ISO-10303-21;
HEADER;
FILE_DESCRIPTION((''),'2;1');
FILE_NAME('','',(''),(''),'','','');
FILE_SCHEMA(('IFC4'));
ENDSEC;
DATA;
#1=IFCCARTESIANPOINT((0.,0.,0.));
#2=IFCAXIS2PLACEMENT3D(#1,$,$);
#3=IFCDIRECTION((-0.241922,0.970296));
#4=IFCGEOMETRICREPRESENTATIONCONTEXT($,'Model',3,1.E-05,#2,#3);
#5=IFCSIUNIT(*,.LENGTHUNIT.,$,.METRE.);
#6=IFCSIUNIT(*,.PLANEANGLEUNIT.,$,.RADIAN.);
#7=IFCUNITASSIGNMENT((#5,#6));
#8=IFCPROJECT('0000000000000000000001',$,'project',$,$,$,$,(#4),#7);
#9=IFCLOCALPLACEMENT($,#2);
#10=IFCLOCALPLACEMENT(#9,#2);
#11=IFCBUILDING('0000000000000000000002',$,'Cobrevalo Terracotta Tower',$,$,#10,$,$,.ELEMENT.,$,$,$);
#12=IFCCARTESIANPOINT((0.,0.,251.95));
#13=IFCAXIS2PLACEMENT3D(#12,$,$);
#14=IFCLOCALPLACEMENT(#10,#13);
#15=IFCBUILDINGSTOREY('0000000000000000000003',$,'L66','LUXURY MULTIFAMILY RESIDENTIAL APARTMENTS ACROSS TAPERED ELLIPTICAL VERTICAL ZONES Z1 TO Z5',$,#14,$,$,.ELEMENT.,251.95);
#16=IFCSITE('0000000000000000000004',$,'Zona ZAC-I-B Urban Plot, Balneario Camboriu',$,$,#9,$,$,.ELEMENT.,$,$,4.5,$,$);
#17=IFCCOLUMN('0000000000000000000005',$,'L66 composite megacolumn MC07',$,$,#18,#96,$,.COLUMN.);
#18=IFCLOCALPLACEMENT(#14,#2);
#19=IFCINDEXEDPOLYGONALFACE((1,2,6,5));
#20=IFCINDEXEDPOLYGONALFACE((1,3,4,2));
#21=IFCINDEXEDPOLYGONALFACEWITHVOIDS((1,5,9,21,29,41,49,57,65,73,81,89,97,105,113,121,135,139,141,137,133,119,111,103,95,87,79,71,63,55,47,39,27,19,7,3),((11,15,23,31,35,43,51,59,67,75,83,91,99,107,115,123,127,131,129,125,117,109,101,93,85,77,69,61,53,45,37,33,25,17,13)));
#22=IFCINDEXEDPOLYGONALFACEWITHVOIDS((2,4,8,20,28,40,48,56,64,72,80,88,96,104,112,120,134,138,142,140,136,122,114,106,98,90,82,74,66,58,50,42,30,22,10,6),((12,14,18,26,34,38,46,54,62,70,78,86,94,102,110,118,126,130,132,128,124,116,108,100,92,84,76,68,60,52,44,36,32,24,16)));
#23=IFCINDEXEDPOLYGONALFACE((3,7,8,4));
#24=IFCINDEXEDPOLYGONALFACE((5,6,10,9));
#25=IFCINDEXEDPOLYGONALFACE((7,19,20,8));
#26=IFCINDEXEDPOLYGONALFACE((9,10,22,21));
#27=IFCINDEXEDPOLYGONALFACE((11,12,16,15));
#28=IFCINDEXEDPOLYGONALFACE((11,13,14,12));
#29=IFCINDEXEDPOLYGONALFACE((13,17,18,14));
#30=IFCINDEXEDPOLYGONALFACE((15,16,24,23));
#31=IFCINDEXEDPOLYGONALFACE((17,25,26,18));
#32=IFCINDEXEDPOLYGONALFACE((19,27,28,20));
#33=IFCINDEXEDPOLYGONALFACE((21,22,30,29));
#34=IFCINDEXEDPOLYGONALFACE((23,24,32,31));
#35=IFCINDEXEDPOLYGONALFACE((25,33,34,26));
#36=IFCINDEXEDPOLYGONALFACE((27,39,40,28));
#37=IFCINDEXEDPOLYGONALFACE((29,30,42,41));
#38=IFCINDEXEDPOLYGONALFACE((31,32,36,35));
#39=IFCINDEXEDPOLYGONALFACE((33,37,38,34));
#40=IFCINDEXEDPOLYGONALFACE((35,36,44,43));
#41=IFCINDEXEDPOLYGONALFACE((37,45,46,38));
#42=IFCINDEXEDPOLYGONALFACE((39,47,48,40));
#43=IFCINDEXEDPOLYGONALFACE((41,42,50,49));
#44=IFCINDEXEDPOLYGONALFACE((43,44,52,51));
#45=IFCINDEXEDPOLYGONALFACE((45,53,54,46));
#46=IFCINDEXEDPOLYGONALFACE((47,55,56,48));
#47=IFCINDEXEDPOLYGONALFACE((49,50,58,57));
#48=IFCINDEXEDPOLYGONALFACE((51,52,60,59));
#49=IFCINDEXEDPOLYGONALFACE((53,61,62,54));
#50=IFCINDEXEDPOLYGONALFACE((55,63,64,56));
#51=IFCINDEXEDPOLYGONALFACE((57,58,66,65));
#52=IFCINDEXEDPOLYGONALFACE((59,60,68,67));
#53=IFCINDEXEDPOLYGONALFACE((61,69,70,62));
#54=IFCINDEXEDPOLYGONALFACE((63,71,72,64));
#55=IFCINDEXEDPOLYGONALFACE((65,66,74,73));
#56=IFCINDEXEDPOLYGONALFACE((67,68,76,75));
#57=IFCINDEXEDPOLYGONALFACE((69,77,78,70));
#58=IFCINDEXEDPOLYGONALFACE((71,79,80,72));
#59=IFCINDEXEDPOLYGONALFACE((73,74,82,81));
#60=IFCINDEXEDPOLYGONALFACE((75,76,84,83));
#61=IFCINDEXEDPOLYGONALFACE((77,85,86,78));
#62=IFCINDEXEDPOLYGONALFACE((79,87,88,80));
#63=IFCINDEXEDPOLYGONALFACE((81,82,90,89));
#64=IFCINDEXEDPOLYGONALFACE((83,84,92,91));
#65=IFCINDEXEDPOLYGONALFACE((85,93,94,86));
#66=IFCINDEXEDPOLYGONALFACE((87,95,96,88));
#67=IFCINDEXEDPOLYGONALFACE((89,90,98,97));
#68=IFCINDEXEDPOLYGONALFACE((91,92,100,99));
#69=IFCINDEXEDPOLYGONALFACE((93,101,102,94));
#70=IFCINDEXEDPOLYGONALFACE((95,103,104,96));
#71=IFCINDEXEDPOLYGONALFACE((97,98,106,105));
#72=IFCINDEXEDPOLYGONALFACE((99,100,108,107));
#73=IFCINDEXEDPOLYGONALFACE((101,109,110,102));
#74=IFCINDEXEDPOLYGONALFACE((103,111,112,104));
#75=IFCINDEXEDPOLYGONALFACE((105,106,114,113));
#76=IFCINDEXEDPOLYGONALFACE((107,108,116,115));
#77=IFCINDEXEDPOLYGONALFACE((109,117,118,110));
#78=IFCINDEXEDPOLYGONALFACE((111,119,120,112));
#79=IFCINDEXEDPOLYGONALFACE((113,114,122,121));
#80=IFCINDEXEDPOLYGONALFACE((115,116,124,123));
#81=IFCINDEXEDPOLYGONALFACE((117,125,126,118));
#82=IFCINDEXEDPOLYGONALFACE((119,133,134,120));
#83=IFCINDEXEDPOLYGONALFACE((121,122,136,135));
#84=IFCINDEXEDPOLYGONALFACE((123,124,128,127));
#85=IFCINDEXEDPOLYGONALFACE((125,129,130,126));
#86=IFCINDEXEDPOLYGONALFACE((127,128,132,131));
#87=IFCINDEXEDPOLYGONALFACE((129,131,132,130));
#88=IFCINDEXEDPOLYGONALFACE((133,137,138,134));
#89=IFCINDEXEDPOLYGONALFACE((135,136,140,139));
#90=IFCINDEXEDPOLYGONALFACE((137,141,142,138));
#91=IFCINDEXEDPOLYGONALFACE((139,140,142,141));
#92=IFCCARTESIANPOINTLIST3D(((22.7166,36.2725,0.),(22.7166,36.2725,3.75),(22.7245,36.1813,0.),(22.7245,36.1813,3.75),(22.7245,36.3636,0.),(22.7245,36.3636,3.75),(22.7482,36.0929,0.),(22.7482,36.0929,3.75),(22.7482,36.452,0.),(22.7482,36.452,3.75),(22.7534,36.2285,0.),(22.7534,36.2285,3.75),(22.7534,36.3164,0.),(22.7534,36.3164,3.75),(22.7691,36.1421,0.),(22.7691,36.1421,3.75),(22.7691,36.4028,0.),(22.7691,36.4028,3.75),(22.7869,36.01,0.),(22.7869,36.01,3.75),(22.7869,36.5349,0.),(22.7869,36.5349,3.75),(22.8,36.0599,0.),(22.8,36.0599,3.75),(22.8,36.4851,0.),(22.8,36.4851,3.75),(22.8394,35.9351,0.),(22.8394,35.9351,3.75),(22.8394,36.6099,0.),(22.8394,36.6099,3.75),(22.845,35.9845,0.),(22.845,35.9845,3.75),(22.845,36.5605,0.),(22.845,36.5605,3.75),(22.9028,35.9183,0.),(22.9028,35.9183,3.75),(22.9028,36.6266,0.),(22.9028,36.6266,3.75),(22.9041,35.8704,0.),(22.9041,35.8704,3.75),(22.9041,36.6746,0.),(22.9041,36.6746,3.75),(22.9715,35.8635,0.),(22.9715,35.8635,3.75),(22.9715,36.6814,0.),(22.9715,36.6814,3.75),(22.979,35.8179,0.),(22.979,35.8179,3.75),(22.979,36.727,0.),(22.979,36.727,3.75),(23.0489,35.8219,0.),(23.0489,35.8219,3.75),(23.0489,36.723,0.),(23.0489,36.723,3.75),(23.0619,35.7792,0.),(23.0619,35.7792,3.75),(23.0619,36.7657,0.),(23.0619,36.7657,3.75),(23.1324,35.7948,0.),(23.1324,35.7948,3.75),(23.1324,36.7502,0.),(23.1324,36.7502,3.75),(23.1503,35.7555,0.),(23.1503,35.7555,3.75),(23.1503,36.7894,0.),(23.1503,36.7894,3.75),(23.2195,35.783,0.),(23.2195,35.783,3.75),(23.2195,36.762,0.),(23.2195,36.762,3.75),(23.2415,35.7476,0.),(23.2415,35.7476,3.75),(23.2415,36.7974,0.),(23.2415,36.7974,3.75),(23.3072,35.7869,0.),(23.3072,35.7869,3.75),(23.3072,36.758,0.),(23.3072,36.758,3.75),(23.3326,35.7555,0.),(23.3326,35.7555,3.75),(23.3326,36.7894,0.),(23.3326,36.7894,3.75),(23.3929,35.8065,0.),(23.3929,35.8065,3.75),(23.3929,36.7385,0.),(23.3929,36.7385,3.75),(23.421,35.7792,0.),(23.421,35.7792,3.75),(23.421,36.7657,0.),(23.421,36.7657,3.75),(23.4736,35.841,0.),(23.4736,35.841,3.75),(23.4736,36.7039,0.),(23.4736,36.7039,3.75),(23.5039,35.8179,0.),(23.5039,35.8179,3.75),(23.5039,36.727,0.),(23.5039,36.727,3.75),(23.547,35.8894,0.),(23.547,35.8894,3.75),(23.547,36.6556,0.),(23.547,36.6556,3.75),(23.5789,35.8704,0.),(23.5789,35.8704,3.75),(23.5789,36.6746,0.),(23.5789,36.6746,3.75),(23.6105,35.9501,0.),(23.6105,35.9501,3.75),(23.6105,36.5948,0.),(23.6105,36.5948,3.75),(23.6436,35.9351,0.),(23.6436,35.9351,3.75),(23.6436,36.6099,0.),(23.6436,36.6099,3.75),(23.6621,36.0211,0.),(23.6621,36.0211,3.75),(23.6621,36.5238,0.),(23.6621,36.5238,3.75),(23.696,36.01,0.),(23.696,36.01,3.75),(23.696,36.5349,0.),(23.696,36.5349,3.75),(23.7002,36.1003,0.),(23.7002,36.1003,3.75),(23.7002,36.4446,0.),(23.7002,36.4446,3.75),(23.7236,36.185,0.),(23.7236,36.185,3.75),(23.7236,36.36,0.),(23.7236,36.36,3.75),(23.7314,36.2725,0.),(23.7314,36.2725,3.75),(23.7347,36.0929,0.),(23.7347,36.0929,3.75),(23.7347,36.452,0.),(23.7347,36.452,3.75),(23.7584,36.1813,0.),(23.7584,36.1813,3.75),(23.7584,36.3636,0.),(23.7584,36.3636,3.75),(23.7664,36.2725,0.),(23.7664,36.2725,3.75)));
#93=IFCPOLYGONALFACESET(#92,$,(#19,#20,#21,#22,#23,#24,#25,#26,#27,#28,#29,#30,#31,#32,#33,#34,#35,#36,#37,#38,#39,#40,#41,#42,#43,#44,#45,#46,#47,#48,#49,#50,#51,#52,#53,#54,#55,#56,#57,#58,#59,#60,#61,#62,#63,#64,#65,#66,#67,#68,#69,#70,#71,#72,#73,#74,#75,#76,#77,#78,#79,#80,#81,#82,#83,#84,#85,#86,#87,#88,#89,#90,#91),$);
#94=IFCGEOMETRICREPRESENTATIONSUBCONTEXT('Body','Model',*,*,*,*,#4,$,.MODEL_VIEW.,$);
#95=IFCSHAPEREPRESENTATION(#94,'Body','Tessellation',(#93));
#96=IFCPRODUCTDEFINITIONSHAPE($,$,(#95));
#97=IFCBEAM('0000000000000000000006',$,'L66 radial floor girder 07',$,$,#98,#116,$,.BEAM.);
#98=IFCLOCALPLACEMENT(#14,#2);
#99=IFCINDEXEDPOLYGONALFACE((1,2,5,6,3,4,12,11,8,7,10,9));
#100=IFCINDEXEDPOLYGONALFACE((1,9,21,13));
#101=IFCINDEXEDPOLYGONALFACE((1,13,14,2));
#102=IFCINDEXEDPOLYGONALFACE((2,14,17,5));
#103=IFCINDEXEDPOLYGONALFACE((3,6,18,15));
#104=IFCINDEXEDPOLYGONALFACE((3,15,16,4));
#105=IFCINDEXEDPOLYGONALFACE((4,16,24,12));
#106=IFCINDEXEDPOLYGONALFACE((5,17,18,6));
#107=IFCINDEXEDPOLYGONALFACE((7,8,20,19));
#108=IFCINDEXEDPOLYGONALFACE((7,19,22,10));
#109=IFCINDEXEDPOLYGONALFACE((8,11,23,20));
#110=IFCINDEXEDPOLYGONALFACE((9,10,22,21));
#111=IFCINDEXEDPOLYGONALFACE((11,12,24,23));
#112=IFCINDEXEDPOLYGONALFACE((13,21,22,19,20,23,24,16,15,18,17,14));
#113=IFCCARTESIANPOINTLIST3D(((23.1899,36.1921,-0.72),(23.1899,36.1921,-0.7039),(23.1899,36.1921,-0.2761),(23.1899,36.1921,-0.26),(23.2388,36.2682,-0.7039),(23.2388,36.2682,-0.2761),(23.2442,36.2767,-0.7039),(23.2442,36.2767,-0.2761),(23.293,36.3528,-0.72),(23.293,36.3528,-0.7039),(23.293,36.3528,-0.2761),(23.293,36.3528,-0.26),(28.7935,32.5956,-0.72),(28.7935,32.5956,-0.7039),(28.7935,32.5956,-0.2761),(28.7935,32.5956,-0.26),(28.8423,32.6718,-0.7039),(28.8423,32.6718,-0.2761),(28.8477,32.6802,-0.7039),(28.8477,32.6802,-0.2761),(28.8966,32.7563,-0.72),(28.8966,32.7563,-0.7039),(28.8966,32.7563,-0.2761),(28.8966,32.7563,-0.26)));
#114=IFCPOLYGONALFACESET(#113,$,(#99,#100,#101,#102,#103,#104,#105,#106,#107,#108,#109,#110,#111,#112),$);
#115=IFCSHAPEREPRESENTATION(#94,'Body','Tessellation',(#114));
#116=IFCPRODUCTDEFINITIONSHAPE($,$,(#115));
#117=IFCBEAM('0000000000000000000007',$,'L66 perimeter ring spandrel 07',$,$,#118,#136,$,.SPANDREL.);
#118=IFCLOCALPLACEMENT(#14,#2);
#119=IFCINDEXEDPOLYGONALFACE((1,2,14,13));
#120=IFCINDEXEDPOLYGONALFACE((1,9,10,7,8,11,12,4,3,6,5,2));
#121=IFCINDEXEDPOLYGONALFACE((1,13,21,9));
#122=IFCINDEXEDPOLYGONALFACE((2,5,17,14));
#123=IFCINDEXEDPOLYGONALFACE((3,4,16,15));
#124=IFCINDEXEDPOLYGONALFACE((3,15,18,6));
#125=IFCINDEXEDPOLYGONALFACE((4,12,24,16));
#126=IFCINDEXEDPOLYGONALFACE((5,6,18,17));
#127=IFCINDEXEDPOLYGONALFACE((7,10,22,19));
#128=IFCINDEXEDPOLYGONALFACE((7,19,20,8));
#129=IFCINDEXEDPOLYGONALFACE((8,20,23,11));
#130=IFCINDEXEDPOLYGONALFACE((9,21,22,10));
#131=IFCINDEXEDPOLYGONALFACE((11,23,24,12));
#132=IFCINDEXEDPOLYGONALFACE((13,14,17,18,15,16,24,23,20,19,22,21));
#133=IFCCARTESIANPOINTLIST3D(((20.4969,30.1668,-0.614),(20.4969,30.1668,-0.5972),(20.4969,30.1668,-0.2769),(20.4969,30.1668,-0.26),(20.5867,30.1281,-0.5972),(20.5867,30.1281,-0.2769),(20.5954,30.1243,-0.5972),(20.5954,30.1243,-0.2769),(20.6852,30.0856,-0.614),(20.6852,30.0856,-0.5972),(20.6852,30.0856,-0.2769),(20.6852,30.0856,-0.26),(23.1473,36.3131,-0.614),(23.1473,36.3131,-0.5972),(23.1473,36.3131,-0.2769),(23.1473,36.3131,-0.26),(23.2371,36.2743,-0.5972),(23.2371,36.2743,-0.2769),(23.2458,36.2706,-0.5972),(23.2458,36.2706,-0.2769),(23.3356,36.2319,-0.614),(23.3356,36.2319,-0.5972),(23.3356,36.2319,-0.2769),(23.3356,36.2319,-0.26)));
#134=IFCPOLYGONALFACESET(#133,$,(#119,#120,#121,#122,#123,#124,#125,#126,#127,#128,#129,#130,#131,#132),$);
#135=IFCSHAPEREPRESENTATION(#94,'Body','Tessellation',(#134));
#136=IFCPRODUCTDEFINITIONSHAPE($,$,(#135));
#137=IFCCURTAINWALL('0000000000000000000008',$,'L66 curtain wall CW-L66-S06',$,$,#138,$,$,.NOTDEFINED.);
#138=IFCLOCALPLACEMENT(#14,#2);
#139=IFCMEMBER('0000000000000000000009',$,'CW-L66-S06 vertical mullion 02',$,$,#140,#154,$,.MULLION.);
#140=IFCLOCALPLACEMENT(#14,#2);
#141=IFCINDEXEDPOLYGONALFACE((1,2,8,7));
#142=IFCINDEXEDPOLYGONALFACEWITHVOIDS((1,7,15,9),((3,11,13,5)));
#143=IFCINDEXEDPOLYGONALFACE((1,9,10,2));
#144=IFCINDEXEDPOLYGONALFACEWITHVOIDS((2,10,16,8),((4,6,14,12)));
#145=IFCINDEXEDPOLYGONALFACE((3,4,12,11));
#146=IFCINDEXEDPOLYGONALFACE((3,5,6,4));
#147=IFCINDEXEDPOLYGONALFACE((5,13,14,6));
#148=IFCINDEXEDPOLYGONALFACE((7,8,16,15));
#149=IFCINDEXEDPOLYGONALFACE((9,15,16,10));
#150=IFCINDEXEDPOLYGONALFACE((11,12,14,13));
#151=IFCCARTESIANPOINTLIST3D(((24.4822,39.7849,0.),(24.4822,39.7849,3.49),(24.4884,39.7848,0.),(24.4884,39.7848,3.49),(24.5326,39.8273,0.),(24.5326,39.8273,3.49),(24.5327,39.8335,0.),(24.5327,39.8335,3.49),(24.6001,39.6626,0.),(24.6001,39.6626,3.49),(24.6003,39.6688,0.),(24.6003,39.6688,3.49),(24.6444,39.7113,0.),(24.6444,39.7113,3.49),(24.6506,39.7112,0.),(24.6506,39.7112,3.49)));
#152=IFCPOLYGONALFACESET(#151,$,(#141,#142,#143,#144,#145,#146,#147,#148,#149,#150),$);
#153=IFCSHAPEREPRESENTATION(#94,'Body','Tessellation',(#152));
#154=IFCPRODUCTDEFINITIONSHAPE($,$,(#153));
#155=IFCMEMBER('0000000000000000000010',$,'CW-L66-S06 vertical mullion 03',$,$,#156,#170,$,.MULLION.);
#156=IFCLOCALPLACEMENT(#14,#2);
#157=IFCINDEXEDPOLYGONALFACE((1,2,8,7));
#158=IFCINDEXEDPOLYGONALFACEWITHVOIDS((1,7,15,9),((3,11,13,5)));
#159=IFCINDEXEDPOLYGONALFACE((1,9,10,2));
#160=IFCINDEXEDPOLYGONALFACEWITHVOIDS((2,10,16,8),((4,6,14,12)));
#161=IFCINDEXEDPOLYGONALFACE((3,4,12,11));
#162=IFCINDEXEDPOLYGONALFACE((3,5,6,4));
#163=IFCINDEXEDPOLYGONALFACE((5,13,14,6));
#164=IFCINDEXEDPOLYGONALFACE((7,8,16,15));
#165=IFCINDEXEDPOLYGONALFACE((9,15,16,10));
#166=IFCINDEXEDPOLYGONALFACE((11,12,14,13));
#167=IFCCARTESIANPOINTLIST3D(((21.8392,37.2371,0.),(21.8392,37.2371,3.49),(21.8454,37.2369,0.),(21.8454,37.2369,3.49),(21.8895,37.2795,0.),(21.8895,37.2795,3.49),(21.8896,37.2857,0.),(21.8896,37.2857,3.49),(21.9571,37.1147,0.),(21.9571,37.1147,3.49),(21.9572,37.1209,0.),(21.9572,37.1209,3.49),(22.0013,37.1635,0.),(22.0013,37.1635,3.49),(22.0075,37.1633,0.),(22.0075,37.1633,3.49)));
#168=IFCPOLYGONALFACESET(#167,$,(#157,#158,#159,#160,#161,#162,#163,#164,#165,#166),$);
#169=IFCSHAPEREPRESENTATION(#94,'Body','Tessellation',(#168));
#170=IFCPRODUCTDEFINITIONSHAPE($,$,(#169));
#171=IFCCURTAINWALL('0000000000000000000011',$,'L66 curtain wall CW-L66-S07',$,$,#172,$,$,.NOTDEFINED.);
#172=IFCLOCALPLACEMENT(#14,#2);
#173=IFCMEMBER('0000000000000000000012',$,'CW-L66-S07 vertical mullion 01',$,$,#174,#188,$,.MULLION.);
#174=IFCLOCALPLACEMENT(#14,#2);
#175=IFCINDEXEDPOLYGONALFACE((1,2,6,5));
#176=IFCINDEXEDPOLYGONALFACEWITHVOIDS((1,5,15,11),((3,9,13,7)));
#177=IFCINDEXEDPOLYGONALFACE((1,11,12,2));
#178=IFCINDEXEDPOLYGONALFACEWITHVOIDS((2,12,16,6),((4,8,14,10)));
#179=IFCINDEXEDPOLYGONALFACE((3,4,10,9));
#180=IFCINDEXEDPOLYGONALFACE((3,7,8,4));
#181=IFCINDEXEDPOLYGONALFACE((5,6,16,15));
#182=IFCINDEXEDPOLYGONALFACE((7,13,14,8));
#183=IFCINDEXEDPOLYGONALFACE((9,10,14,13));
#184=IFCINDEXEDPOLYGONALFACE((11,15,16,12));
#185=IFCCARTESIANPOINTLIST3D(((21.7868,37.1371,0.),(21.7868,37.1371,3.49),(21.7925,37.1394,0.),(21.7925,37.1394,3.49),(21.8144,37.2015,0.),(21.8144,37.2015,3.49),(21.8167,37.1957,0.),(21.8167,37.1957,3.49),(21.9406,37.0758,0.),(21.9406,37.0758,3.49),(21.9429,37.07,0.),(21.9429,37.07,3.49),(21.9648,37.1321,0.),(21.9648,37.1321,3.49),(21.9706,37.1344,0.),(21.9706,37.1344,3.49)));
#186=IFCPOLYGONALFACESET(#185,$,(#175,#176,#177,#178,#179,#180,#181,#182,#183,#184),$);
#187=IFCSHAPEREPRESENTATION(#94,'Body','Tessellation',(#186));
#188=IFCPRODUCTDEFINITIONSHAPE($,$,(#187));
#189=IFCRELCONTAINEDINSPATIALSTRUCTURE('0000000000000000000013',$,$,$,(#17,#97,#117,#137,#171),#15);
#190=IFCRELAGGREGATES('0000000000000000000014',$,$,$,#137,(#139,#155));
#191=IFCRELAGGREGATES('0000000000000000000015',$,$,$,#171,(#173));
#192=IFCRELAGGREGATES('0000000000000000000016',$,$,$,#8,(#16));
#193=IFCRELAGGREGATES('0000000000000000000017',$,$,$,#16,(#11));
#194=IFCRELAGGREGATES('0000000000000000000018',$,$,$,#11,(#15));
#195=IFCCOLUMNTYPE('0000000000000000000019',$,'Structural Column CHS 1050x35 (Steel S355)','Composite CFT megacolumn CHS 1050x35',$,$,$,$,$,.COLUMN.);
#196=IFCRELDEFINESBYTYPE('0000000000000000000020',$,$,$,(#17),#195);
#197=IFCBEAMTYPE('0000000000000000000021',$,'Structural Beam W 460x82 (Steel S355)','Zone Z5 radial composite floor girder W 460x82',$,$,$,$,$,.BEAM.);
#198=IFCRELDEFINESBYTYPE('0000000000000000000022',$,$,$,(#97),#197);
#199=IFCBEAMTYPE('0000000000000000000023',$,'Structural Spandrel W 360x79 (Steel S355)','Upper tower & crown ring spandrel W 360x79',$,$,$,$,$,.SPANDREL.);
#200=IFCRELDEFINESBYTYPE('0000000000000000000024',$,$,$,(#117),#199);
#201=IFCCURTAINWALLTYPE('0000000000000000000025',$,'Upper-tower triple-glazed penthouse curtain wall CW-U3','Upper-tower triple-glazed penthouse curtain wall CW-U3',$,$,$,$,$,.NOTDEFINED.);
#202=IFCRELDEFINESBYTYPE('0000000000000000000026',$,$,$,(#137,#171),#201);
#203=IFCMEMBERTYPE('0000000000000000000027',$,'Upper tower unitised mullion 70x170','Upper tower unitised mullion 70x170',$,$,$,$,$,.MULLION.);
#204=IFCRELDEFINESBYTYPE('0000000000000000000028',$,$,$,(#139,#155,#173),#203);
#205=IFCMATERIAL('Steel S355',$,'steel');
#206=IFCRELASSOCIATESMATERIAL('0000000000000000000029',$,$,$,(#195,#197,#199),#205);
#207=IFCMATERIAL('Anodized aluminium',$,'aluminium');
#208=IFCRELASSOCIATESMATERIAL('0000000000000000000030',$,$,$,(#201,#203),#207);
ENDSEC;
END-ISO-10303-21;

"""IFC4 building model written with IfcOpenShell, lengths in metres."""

from ifc_helpers import new_model, si_unit, direction, frame, origin, origin_2d, place, context, subcontext, project, spatial, hollow_rectangle, hollow_circle, i_section, extrude, source, transform, mapped, material, material_profile, profile_set, type_object, element, aggregate, save


model = new_model("IFC4")

# Units and contexts
model_context = context("Model", 3, precision=1e-05, world=origin(), true_north=direction((-0.241922, 0.970296)))
body_context = subcontext(model_context, "Body", "Model", "MODEL_VIEW")
ifc_project = project(units=[si_unit("LENGTHUNIT", "METRE"), si_unit("PLANEANGLEUNIT", "RADIAN")], contexts=[model_context])

# Site, building, storey
site_placement = place(None, origin())
site = spatial("IfcSite", under=ifc_project, at=site_placement, Name="Zona ZAC-I-B Urban Plot, Balneario Camboriu", CompositionType="ELEMENT", RefElevation=4.5)
building_placement = place(site_placement, origin())
building = spatial("IfcBuilding", under=site, at=building_placement, Name="Cobrevalo Terracotta Tower", CompositionType="ELEMENT")
storey_placement = place(building_placement, frame((0.0, 0.0, 251.95)))
storey = spatial("IfcBuildingStorey", under=building, at=storey_placement, Name="L66", Description="LUXURY MULTIFAMILY RESIDENTIAL APARTMENTS ACROSS TAPERED ELLIPTICAL VERTICAL ZONES Z1 TO Z5", CompositionType="ELEMENT", Elevation=251.95)

# Column
ifc_material_1 = material(Name="Steel S355", Category="steel")
ifc_material_profile_1 = material_profile(ifc_material_1, hollow_circle(Radius=0.5249, WallThickness=0.0349, at=origin_2d()), Name="CHS 1050x35")
ifc_profile_set_1 = profile_set([ifc_material_profile_1], Name="Steel S355")
column_type = type_object("IfcColumnType", Name="Structural Column CHS 1050x35 (Steel S355)", Description="Composite CFT megacolumn CHS 1050x35", PredefinedType="COLUMN", material=ifc_profile_set_1)
column_placement = place(storey_placement, frame((23.2415, 36.2725, 0.0), z_axis=(0.0, 0.0, 1.0), x_axis=(1.0, 0.0, 0.0)))
element("IfcColumn", 1, at=column_placement, inside=storey, type_object=column_type, Name="L66 composite megacolumn MC07", PredefinedType="COLUMN", context=body_context, shape_type="SweptSolid", body=[
    extrude(hollow_circle(Radius=0.5249, WallThickness=0.0349, at=origin_2d()), origin(), (0.0, 0.0, 1.0), 3.75),
])

# Beams
ifc_material_profile_2 = material_profile(ifc_material_1, i_section(OverallWidth=0.1909, OverallDepth=0.46, WebThickness=0.01, FlangeThickness=0.0161, at=origin_2d()), Name="W 460x82")
ifc_profile_set_2 = profile_set([ifc_material_profile_2], Name="Steel S355")
beam_type_1 = type_object("IfcBeamType", Name="Structural Beam W 460x82 (Steel S355)", Description="Zone Z5 radial composite floor girder W 460x82", PredefinedType="BEAM", material=ifc_profile_set_2)
beam_1_placement = place(storey_placement, frame((23.2415, 36.2725, -0.49), z_axis=(0.841576, -0.540138, 0.0), x_axis=(0.540138, 0.841576, 0.0)))
element("IfcBeam", 2, at=beam_1_placement, inside=storey, type_object=beam_type_1, Name="L66 radial floor girder 07", PredefinedType="BEAM", context=body_context, shape_type="SweptSolid", body=[
    extrude(i_section(OverallWidth=0.1909, OverallDepth=0.46, WebThickness=0.01, FlangeThickness=0.0161, at=origin_2d()), origin(), (0.0, 0.0, 1.0), 6.6584),
])
ifc_material_profile_3 = material_profile(ifc_material_1, i_section(OverallWidth=0.2051, OverallDepth=0.354, WebThickness=0.0095, FlangeThickness=0.0168, at=origin_2d()), Name="W 360x79")
ifc_profile_set_3 = profile_set([ifc_material_profile_3], Name="Steel S355")
beam_type_2 = type_object("IfcBeamType", Name="Structural Spandrel W 360x79 (Steel S355)", Description="Upper tower & crown ring spandrel W 360x79", PredefinedType="SPANDREL", material=ifc_profile_set_3)
beam_2_placement = place(storey_placement, frame((23.2415, 36.2725, -0.437), z_axis=(-0.395974, -0.918262, 0.0), x_axis=(0.918262, -0.395974, 0.0)))
element("IfcBeam", 3, at=beam_2_placement, inside=storey, type_object=beam_type_2, Name="L66 perimeter ring spandrel 07", PredefinedType="SPANDREL", context=body_context, shape_type="SweptSolid", body=[
    extrude(i_section(OverallWidth=0.2051, OverallDepth=0.354, WebThickness=0.0095, FlangeThickness=0.0168, at=origin_2d()), origin(), (0.0, 0.0, 1.0), 6.6934),
])

# Curtain walls, members
ifc_material_2 = material(Name="Anodized aluminium", Category="aluminium")
curtain_wall_type = type_object("IfcCurtainWallType", Name="Upper-tower triple-glazed penthouse curtain wall CW-U3", Description="Upper-tower triple-glazed penthouse curtain wall CW-U3", PredefinedType="NOTDEFINED", material=ifc_material_2)
curtain_wall_1_placement = place(storey_placement, origin())
curtain_wall_1 = element("IfcCurtainWall", 4, at=curtain_wall_1_placement, inside=storey, type_object=curtain_wall_type, Name="L66 curtain wall CW-L66-S06", PredefinedType="NOTDEFINED")
ifc_material_profile_4 = material_profile(ifc_material_2, hollow_rectangle(XDim=0.0701, YDim=0.1699, WallThickness=0.0044, at=origin_2d()), Name="CWM 70x170")
ifc_profile_set_4 = profile_set([ifc_material_profile_4], Name="Anodized aluminium")
member_type_1 = type_object("IfcMemberType", Name="Upper tower unitised mullion 70x170", Description="Upper tower unitised mullion 70x170", PredefinedType="MULLION", material=ifc_profile_set_4)
shared_shape_1 = source(origin(), body_context, "Body", "SweptSolid", [
    extrude(hollow_rectangle(XDim=0.0701, YDim=0.1699, WallThickness=0.0044, at=origin_2d()), origin(), (0.0, 0.0, 1.0), 3.49),
])
member_1_placement = place(storey_placement, frame((24.5664, 39.748, 0.0), z_axis=(0.0, 0.0, 1.0), x_axis=(-0.719994, -0.69398, 0.0)))
member_1 = element("IfcMember", 5, at=member_1_placement, type_object=member_type_1, Name="CW-L66-S06 vertical mullion 02", PredefinedType="MULLION", context=body_context, shape_type="MappedRepresentation", body=[
    mapped(shared_shape_1, transform((0.0, 0.0, 0.0), scale=1.0)),
])
member_2_placement = place(storey_placement, frame((21.9233, 37.2002, 0.0), z_axis=(0.0, 0.0, 1.0), x_axis=(-0.719994, -0.69398, 0.0)))
member_2 = element("IfcMember", 6, at=member_2_placement, type_object=member_type_1, Name="CW-L66-S06 vertical mullion 03", PredefinedType="MULLION", context=body_context, shape_type="MappedRepresentation", body=[
    mapped(shared_shape_1, transform((0.0, 0.0, 0.0), scale=1.0)),
])
curtain_wall_2_placement = place(storey_placement, origin())
curtain_wall_2 = element("IfcCurtainWall", 7, at=curtain_wall_2_placement, inside=storey, type_object=curtain_wall_type, Name="L66 curtain wall CW-L66-S07", PredefinedType="NOTDEFINED")
member_3_placement = place(storey_placement, frame((21.8787, 37.1357, 0.0), z_axis=(0.0, 0.0, 1.0), x_axis=(-0.394824, -0.918757, 0.0)))
member_3 = element("IfcMember", 8, at=member_3_placement, type_object=member_type_1, Name="CW-L66-S07 vertical mullion 01", PredefinedType="MULLION", context=body_context, shape_type="MappedRepresentation", body=[
    mapped(shared_shape_1, transform((0.0, 0.0, 0.0), scale=1.0)),
])

aggregate(curtain_wall_1, [member_1, member_2])
aggregate(curtain_wall_2, [member_3])

save(model, "model.ifc")
